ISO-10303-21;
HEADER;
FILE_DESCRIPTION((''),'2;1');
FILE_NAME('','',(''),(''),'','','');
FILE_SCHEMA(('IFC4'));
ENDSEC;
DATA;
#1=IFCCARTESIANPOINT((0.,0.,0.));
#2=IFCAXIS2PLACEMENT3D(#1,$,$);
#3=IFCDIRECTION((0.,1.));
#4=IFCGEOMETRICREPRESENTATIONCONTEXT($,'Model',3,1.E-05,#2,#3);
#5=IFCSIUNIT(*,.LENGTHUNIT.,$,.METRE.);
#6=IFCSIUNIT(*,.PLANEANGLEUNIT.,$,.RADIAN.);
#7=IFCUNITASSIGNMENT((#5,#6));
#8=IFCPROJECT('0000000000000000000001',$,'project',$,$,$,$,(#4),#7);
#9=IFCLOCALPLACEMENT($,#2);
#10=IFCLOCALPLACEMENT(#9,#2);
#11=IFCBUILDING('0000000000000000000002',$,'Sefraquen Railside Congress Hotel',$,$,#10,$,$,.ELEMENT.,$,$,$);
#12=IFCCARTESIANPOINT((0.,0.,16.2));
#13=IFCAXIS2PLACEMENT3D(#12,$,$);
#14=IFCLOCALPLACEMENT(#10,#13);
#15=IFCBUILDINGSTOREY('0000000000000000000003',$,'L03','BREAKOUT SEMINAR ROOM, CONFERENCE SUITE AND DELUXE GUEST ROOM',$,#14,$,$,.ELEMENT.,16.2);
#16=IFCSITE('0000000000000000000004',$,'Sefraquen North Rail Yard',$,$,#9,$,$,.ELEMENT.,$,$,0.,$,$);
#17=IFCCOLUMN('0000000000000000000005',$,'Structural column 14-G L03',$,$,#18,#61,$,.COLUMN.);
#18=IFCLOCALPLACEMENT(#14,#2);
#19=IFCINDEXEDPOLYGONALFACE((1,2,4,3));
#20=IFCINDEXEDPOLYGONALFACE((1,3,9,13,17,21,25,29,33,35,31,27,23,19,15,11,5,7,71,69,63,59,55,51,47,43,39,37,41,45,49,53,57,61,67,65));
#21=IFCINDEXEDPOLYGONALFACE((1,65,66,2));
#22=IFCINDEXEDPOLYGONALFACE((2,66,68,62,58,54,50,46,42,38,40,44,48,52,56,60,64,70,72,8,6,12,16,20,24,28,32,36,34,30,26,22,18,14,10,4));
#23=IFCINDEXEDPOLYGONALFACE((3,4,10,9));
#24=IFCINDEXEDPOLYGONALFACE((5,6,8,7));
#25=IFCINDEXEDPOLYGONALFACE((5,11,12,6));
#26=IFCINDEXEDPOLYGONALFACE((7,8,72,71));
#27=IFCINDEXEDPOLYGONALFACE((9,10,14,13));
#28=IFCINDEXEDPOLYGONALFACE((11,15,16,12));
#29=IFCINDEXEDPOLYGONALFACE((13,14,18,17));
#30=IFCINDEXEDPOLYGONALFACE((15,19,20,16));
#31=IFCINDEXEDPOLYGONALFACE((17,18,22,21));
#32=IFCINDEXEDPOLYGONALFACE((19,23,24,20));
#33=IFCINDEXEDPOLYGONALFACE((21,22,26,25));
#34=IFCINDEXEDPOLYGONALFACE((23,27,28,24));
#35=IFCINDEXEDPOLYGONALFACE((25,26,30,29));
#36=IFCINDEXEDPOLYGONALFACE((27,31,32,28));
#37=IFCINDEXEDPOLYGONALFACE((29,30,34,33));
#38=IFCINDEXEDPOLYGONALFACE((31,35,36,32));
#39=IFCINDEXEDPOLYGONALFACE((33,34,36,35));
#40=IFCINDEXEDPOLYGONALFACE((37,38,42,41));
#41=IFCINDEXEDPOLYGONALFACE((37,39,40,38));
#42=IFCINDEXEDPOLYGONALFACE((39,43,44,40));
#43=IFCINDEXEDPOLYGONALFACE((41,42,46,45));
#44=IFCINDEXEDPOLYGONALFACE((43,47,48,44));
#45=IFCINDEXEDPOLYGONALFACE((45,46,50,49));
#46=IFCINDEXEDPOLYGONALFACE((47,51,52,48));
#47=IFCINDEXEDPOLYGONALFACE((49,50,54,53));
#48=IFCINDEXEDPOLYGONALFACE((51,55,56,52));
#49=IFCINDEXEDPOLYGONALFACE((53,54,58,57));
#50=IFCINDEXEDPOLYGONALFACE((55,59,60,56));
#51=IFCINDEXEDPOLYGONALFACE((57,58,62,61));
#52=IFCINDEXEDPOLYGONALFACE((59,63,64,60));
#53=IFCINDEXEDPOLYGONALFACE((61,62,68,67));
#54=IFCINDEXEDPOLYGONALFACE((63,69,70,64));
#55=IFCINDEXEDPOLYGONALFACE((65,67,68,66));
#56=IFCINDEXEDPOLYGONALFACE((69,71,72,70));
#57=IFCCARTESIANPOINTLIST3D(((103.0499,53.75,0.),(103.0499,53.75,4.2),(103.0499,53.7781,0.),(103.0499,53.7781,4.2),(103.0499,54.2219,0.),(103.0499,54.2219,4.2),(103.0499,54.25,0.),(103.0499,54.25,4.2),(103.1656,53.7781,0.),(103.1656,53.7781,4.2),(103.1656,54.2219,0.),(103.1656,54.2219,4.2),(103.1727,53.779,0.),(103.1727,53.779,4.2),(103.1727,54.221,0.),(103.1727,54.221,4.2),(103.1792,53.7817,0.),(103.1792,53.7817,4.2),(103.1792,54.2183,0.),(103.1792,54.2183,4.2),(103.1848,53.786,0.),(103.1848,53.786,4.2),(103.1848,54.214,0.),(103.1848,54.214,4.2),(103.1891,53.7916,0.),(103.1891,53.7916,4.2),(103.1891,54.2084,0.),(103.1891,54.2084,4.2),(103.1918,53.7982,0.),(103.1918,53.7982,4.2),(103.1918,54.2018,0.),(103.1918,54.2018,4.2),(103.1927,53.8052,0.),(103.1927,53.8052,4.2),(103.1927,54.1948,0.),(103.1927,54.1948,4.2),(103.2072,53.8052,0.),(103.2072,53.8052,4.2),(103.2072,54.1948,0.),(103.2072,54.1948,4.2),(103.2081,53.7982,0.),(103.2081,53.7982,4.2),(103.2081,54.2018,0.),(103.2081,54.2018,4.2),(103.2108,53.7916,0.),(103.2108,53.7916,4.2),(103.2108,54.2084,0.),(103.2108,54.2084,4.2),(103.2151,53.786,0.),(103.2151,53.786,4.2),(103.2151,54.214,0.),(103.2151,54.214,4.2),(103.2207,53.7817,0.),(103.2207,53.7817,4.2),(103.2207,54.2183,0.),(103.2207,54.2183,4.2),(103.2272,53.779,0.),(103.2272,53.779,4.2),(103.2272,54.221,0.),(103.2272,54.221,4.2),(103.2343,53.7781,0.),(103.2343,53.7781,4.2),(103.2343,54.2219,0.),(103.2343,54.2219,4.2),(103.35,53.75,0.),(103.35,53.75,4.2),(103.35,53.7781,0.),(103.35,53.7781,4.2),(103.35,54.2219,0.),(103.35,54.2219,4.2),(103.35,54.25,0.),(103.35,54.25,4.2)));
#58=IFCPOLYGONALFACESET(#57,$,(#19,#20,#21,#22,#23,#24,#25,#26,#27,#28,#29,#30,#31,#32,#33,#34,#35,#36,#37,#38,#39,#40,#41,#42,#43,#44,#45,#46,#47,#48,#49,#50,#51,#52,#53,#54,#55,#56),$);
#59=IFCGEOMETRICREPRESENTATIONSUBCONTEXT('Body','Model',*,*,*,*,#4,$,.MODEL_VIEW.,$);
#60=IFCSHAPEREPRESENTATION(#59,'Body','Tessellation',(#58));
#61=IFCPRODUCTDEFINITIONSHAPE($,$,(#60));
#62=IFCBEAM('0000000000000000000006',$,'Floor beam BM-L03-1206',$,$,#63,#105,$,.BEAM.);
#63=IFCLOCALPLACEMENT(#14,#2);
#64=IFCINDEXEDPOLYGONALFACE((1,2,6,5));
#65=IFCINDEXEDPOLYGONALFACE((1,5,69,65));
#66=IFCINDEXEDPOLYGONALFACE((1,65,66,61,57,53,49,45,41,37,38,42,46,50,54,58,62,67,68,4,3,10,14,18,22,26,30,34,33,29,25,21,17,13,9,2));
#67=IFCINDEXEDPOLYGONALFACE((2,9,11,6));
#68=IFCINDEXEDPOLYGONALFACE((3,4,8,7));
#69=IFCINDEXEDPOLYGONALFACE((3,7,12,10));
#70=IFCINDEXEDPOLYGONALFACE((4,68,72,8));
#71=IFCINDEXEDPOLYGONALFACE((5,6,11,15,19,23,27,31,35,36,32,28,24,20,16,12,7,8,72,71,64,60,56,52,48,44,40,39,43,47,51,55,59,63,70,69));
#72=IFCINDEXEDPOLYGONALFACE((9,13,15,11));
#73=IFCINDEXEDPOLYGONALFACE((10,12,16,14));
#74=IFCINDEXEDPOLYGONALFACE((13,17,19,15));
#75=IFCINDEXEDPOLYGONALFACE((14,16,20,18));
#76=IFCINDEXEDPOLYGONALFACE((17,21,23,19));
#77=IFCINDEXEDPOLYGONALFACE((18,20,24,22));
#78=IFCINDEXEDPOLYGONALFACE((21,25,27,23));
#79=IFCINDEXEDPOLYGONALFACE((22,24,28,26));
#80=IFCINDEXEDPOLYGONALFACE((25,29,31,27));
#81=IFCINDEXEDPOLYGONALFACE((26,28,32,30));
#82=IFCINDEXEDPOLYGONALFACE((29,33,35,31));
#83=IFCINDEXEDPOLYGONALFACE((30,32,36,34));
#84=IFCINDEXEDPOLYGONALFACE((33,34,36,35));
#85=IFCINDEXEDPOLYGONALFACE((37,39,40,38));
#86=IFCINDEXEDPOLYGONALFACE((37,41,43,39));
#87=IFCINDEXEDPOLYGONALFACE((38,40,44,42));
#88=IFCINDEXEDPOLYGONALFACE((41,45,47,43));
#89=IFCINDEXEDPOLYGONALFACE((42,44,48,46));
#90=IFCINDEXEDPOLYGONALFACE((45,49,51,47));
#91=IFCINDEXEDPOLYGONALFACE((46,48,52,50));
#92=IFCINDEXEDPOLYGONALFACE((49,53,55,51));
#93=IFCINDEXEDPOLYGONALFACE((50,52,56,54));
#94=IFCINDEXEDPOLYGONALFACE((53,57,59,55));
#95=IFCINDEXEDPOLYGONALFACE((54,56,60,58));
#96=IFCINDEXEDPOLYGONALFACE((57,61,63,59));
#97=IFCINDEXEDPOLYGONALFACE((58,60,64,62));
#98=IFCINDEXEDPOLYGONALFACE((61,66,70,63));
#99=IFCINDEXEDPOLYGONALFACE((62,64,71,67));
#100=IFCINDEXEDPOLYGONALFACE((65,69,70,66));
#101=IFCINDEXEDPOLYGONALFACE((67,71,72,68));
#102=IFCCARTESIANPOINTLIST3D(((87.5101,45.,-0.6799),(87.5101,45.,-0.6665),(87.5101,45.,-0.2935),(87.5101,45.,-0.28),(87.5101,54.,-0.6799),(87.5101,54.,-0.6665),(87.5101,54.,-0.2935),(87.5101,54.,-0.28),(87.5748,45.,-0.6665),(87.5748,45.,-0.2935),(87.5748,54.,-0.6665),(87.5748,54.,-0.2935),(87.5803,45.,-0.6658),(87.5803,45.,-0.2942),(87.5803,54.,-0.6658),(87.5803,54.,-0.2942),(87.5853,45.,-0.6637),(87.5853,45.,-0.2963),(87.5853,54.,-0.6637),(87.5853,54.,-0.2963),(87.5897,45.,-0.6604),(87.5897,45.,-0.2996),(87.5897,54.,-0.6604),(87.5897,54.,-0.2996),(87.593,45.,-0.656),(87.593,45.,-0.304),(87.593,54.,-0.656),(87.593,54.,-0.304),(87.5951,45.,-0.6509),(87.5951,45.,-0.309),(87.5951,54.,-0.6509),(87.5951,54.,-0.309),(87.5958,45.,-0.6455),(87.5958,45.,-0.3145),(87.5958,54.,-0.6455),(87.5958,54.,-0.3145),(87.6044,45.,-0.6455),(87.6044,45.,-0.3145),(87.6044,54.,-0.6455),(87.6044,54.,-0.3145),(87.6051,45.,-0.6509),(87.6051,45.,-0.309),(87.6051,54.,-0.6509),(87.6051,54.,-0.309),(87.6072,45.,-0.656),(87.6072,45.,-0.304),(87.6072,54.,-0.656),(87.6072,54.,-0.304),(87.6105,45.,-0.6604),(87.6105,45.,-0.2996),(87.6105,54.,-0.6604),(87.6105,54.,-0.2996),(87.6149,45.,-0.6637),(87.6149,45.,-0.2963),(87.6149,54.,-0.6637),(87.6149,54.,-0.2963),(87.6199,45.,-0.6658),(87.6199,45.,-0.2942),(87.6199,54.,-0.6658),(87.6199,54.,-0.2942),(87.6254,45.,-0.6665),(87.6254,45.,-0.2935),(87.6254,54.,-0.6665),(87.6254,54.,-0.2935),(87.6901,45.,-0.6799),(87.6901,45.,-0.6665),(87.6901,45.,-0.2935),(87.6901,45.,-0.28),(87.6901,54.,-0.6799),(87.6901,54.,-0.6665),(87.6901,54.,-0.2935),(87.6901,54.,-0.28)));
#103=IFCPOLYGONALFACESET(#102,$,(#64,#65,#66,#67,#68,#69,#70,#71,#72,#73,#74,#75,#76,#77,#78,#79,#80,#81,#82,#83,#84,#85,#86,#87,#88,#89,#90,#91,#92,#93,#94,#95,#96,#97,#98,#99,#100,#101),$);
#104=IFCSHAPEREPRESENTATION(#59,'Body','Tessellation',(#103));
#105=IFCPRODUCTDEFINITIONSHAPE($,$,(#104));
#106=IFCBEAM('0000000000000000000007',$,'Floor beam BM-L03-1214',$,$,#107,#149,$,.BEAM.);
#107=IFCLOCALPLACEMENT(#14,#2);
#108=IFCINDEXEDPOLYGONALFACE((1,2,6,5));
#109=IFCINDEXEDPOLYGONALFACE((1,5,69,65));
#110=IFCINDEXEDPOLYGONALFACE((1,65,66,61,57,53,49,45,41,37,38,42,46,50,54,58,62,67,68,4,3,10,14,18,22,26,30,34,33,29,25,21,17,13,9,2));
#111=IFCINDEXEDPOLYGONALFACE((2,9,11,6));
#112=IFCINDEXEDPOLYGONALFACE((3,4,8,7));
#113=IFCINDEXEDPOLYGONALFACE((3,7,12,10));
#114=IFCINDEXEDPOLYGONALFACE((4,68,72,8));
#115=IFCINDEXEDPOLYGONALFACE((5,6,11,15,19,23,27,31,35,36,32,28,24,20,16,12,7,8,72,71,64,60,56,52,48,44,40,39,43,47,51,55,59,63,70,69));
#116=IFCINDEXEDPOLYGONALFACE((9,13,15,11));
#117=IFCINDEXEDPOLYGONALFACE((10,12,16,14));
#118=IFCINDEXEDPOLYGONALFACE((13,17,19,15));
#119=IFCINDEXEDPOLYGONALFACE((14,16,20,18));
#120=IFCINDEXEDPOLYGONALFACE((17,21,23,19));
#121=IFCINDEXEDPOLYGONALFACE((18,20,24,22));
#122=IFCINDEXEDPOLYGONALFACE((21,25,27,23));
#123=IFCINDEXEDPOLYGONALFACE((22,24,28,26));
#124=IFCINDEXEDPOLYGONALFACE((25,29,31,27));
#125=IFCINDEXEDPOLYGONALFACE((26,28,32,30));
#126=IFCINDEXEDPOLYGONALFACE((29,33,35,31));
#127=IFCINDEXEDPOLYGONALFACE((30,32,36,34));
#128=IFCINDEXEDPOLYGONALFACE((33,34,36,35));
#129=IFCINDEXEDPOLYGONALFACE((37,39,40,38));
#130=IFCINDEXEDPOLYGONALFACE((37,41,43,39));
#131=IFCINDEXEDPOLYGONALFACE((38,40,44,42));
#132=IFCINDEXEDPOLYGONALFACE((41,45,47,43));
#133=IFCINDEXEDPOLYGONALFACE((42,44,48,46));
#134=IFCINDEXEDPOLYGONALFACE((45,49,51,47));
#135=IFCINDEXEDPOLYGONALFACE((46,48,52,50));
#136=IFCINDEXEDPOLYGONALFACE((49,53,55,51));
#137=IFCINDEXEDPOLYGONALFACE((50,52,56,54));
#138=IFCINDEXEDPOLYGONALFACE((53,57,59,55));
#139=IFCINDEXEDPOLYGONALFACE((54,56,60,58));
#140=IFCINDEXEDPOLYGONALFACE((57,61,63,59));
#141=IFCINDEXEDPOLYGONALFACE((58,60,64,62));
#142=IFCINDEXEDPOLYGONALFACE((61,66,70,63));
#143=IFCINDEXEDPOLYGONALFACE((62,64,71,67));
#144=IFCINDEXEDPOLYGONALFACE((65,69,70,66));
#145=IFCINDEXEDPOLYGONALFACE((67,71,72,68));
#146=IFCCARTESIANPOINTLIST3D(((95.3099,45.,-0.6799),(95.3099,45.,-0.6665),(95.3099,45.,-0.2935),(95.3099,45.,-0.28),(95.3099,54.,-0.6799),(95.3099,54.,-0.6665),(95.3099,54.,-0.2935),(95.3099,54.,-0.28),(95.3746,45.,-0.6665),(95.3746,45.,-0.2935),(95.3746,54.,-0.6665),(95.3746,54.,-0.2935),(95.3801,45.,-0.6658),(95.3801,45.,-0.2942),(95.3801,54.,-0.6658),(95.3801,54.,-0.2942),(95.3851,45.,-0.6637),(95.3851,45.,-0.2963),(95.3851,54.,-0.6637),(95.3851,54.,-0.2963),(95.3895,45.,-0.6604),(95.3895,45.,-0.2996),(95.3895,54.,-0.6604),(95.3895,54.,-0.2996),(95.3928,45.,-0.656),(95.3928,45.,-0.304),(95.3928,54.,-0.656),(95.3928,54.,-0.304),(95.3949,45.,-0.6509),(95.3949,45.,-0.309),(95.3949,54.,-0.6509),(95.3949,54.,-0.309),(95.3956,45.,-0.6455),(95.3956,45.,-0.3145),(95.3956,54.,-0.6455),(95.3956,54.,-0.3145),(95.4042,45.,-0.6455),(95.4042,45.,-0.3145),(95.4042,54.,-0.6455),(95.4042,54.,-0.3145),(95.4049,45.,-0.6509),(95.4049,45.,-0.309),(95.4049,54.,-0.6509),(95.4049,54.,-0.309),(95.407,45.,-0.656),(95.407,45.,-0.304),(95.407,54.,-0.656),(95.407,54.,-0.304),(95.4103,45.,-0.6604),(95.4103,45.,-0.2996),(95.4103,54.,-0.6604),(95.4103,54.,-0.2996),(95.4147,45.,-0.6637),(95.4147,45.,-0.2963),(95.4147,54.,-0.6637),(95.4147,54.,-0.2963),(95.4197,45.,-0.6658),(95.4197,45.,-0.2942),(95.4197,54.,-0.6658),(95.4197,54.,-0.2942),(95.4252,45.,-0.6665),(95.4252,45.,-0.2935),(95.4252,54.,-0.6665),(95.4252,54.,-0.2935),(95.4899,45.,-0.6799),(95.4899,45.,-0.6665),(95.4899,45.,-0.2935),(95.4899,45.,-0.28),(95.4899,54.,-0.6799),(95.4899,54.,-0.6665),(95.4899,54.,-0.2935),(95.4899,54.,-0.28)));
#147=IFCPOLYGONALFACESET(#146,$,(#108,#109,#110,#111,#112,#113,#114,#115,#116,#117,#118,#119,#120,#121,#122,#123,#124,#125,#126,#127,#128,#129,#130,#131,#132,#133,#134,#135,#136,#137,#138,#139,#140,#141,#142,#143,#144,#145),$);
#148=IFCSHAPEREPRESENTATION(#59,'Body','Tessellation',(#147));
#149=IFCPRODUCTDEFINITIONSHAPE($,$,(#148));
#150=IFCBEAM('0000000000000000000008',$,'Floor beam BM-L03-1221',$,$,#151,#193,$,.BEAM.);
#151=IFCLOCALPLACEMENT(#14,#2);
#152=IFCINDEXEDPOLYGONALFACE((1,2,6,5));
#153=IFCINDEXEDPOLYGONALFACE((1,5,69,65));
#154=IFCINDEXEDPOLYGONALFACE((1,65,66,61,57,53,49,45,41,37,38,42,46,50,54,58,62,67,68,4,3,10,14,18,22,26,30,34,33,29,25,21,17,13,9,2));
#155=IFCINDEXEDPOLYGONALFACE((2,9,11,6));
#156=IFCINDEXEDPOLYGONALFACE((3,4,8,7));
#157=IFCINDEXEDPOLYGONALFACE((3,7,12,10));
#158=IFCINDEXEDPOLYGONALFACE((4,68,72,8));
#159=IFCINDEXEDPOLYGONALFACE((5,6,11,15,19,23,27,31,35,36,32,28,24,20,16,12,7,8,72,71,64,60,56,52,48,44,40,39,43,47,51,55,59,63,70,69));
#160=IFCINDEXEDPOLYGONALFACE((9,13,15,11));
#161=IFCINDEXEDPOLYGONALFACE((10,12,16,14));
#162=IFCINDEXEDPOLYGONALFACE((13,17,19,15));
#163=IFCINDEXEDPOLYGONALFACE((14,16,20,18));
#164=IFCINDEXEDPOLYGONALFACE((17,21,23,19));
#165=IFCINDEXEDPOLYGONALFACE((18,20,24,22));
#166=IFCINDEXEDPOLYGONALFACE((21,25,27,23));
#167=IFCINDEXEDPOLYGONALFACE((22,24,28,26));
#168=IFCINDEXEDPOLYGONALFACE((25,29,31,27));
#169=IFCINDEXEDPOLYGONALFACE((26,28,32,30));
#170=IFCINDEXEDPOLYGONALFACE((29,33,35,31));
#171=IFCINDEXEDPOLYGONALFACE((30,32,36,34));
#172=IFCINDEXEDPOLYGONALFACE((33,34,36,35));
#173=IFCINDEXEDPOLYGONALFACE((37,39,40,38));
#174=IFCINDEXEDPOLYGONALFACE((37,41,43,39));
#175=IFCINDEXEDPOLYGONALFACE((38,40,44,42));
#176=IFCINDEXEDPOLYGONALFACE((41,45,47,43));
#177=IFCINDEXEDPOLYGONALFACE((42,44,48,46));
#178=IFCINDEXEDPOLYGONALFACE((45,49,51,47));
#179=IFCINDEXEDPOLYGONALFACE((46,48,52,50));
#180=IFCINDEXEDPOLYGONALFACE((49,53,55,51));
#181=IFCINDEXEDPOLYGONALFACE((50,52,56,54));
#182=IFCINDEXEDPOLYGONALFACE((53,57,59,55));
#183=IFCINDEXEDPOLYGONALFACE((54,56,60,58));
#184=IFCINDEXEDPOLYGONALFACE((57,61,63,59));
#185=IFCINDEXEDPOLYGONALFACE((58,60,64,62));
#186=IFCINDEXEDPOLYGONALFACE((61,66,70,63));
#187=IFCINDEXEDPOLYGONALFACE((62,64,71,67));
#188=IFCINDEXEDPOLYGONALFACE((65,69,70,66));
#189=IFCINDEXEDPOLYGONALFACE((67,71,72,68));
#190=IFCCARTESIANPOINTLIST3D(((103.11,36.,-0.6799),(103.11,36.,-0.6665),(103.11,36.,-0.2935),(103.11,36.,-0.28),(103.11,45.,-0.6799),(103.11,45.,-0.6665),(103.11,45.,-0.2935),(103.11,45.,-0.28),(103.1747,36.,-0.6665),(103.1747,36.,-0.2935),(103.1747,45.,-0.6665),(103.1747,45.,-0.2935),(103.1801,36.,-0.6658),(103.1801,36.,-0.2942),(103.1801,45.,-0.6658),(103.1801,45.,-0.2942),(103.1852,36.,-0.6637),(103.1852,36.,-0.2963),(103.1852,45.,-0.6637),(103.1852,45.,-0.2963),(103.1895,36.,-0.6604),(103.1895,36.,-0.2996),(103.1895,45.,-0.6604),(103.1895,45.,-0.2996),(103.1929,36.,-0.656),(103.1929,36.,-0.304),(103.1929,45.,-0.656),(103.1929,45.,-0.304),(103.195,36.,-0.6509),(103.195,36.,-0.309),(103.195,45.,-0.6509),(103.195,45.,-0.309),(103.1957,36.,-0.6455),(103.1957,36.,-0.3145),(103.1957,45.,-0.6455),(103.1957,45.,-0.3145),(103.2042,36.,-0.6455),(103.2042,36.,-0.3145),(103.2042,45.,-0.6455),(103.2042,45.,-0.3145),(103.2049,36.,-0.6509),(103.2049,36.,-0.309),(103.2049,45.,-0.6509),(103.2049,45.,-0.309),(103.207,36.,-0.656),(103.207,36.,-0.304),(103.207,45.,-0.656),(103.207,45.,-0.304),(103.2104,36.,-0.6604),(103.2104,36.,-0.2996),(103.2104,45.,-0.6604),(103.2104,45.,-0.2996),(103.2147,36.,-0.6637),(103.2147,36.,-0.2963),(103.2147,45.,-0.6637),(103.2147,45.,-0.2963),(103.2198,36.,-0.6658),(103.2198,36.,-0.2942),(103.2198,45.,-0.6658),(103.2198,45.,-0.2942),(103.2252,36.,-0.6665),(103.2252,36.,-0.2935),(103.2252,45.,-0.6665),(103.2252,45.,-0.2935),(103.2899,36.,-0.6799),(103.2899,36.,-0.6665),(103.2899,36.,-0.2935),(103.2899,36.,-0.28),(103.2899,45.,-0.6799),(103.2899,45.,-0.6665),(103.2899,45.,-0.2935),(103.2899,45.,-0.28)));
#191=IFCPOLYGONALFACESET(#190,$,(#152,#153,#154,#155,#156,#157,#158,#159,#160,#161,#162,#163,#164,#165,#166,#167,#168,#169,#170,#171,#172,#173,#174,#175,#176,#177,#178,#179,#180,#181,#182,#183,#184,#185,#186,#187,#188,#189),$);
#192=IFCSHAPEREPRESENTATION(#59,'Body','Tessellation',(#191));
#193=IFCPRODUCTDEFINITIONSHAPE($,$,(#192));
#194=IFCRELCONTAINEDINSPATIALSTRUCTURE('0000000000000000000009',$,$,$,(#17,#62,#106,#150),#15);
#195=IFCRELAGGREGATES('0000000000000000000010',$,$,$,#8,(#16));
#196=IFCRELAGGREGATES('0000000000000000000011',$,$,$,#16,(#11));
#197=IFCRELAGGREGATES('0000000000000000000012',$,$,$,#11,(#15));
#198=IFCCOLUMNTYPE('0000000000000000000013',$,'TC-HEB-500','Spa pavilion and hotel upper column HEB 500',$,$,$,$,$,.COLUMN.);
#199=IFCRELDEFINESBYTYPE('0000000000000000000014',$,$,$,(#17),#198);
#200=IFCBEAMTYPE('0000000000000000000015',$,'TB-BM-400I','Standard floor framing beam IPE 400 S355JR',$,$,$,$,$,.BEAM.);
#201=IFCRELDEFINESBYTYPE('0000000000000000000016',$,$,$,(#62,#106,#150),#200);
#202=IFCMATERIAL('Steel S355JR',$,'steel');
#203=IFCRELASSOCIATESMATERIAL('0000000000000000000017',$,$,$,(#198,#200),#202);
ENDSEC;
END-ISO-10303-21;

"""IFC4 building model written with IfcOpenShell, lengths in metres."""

from ifc_helpers import new_model, si_unit, direction, frame, origin, origin_2d, place, context, subcontext, project, spatial, i_section, extrude, material, material_profile, profile_set, type_object, element, save


model = new_model("IFC4")

# Units and contexts
model_context = context("Model", 3, precision=1e-05, world=origin(), true_north=direction((0.0, 1.0)))
body_context = subcontext(model_context, "Body", "Model", "MODEL_VIEW")
ifc_project = project(units=[si_unit("LENGTHUNIT", "METRE"), si_unit("PLANEANGLEUNIT", "RADIAN")], contexts=[model_context])

# Site, building, storey
site_placement = place(None, origin())
site = spatial("IfcSite", under=ifc_project, at=site_placement, Name="Sefraquen North Rail Yard", CompositionType="ELEMENT", RefElevation=0.0)
building_placement = place(site_placement, origin())
building = spatial("IfcBuilding", under=site, at=building_placement, Name="Sefraquen Railside Congress Hotel", CompositionType="ELEMENT")
storey_placement = place(building_placement, frame((0.0, 0.0, 16.2)))
storey = spatial("IfcBuildingStorey", under=building, at=storey_placement, Name="L03", Description="BREAKOUT SEMINAR ROOM, CONFERENCE SUITE AND DELUXE GUEST ROOM", CompositionType="ELEMENT", Elevation=16.2)

# Column
ifc_material_1 = material(Name="Steel S355JR", Category="steel")
ifc_material_profile_1 = material_profile(ifc_material_1, i_section(OverallWidth=0.3, OverallDepth=0.5, WebThickness=0.0144, FlangeThickness=0.0281, FilletRadius=0.0271, at=origin_2d()), Name="HEB 500")
ifc_profile_set_1 = profile_set([ifc_material_profile_1], Name="Steel S355JR")
column_type = type_object("IfcColumnType", Name="TC-HEB-500", Description="Spa pavilion and hotel upper column HEB 500", PredefinedType="COLUMN", material=ifc_profile_set_1)
column_placement = place(storey_placement, frame((103.2, 54.0, 0.0), z_axis=(0.0, 0.0, 1.0), x_axis=(1.0, 0.0, 0.0)))
element("IfcColumn", 1, at=column_placement, inside=storey, type_object=column_type, Name="Structural column 14-G L03", PredefinedType="COLUMN", context=body_context, shape_type="SweptSolid", body=[
    extrude(i_section(OverallWidth=0.3, OverallDepth=0.5, WebThickness=0.0144, FlangeThickness=0.0281, FilletRadius=0.0271, at=origin_2d()), origin(), (0.0, 0.0, 1.0), 4.2),
])

# Beams
ifc_material_profile_2 = material_profile(ifc_material_1, i_section(OverallWidth=0.1799, OverallDepth=0.3999, WebThickness=0.0085, FlangeThickness=0.0134, FilletRadius=0.021, at=origin_2d()), Name="IPE 400")
ifc_profile_set_2 = profile_set([ifc_material_profile_2], Name="Steel S355JR")
beam_type_1 = type_object("IfcBeamType", Name="TB-BM-400I", Description="Standard floor framing beam IPE 400 S355JR", PredefinedType="BEAM", material=ifc_profile_set_2)
for number, where, z_axis, x_axis, name in (
    (2, (87.6001, 45.0, -0.48), (0.0, 1.0, 0.0), (-1.0, 0.0, 0.0), "Floor beam BM-L03-1206"),
    (3, (95.3999, 45.0, -0.48), (0.0, 1.0, 0.0), (-1.0, 0.0, 0.0), "Floor beam BM-L03-1214"),
    (4, (103.2, 36.0, -0.48), (0.0, 1.0, 0.0), (-1.0, 0.0, 0.0), "Floor beam BM-L03-1221"),
):
    element("IfcBeam", number, at=place(storey_placement, frame(where, z_axis=z_axis, x_axis=x_axis)), inside=storey, type_object=beam_type_1, Name=name, PredefinedType="BEAM", context=body_context, shape_type="SweptSolid", body=[
        extrude(i_section(OverallWidth=0.1799, OverallDepth=0.3999, WebThickness=0.0085, FlangeThickness=0.0134, FilletRadius=0.021, at=origin_2d()), origin(), (0.0, 0.0, 1.0), 9.0),
    ])

save(model, "model.ifc")
